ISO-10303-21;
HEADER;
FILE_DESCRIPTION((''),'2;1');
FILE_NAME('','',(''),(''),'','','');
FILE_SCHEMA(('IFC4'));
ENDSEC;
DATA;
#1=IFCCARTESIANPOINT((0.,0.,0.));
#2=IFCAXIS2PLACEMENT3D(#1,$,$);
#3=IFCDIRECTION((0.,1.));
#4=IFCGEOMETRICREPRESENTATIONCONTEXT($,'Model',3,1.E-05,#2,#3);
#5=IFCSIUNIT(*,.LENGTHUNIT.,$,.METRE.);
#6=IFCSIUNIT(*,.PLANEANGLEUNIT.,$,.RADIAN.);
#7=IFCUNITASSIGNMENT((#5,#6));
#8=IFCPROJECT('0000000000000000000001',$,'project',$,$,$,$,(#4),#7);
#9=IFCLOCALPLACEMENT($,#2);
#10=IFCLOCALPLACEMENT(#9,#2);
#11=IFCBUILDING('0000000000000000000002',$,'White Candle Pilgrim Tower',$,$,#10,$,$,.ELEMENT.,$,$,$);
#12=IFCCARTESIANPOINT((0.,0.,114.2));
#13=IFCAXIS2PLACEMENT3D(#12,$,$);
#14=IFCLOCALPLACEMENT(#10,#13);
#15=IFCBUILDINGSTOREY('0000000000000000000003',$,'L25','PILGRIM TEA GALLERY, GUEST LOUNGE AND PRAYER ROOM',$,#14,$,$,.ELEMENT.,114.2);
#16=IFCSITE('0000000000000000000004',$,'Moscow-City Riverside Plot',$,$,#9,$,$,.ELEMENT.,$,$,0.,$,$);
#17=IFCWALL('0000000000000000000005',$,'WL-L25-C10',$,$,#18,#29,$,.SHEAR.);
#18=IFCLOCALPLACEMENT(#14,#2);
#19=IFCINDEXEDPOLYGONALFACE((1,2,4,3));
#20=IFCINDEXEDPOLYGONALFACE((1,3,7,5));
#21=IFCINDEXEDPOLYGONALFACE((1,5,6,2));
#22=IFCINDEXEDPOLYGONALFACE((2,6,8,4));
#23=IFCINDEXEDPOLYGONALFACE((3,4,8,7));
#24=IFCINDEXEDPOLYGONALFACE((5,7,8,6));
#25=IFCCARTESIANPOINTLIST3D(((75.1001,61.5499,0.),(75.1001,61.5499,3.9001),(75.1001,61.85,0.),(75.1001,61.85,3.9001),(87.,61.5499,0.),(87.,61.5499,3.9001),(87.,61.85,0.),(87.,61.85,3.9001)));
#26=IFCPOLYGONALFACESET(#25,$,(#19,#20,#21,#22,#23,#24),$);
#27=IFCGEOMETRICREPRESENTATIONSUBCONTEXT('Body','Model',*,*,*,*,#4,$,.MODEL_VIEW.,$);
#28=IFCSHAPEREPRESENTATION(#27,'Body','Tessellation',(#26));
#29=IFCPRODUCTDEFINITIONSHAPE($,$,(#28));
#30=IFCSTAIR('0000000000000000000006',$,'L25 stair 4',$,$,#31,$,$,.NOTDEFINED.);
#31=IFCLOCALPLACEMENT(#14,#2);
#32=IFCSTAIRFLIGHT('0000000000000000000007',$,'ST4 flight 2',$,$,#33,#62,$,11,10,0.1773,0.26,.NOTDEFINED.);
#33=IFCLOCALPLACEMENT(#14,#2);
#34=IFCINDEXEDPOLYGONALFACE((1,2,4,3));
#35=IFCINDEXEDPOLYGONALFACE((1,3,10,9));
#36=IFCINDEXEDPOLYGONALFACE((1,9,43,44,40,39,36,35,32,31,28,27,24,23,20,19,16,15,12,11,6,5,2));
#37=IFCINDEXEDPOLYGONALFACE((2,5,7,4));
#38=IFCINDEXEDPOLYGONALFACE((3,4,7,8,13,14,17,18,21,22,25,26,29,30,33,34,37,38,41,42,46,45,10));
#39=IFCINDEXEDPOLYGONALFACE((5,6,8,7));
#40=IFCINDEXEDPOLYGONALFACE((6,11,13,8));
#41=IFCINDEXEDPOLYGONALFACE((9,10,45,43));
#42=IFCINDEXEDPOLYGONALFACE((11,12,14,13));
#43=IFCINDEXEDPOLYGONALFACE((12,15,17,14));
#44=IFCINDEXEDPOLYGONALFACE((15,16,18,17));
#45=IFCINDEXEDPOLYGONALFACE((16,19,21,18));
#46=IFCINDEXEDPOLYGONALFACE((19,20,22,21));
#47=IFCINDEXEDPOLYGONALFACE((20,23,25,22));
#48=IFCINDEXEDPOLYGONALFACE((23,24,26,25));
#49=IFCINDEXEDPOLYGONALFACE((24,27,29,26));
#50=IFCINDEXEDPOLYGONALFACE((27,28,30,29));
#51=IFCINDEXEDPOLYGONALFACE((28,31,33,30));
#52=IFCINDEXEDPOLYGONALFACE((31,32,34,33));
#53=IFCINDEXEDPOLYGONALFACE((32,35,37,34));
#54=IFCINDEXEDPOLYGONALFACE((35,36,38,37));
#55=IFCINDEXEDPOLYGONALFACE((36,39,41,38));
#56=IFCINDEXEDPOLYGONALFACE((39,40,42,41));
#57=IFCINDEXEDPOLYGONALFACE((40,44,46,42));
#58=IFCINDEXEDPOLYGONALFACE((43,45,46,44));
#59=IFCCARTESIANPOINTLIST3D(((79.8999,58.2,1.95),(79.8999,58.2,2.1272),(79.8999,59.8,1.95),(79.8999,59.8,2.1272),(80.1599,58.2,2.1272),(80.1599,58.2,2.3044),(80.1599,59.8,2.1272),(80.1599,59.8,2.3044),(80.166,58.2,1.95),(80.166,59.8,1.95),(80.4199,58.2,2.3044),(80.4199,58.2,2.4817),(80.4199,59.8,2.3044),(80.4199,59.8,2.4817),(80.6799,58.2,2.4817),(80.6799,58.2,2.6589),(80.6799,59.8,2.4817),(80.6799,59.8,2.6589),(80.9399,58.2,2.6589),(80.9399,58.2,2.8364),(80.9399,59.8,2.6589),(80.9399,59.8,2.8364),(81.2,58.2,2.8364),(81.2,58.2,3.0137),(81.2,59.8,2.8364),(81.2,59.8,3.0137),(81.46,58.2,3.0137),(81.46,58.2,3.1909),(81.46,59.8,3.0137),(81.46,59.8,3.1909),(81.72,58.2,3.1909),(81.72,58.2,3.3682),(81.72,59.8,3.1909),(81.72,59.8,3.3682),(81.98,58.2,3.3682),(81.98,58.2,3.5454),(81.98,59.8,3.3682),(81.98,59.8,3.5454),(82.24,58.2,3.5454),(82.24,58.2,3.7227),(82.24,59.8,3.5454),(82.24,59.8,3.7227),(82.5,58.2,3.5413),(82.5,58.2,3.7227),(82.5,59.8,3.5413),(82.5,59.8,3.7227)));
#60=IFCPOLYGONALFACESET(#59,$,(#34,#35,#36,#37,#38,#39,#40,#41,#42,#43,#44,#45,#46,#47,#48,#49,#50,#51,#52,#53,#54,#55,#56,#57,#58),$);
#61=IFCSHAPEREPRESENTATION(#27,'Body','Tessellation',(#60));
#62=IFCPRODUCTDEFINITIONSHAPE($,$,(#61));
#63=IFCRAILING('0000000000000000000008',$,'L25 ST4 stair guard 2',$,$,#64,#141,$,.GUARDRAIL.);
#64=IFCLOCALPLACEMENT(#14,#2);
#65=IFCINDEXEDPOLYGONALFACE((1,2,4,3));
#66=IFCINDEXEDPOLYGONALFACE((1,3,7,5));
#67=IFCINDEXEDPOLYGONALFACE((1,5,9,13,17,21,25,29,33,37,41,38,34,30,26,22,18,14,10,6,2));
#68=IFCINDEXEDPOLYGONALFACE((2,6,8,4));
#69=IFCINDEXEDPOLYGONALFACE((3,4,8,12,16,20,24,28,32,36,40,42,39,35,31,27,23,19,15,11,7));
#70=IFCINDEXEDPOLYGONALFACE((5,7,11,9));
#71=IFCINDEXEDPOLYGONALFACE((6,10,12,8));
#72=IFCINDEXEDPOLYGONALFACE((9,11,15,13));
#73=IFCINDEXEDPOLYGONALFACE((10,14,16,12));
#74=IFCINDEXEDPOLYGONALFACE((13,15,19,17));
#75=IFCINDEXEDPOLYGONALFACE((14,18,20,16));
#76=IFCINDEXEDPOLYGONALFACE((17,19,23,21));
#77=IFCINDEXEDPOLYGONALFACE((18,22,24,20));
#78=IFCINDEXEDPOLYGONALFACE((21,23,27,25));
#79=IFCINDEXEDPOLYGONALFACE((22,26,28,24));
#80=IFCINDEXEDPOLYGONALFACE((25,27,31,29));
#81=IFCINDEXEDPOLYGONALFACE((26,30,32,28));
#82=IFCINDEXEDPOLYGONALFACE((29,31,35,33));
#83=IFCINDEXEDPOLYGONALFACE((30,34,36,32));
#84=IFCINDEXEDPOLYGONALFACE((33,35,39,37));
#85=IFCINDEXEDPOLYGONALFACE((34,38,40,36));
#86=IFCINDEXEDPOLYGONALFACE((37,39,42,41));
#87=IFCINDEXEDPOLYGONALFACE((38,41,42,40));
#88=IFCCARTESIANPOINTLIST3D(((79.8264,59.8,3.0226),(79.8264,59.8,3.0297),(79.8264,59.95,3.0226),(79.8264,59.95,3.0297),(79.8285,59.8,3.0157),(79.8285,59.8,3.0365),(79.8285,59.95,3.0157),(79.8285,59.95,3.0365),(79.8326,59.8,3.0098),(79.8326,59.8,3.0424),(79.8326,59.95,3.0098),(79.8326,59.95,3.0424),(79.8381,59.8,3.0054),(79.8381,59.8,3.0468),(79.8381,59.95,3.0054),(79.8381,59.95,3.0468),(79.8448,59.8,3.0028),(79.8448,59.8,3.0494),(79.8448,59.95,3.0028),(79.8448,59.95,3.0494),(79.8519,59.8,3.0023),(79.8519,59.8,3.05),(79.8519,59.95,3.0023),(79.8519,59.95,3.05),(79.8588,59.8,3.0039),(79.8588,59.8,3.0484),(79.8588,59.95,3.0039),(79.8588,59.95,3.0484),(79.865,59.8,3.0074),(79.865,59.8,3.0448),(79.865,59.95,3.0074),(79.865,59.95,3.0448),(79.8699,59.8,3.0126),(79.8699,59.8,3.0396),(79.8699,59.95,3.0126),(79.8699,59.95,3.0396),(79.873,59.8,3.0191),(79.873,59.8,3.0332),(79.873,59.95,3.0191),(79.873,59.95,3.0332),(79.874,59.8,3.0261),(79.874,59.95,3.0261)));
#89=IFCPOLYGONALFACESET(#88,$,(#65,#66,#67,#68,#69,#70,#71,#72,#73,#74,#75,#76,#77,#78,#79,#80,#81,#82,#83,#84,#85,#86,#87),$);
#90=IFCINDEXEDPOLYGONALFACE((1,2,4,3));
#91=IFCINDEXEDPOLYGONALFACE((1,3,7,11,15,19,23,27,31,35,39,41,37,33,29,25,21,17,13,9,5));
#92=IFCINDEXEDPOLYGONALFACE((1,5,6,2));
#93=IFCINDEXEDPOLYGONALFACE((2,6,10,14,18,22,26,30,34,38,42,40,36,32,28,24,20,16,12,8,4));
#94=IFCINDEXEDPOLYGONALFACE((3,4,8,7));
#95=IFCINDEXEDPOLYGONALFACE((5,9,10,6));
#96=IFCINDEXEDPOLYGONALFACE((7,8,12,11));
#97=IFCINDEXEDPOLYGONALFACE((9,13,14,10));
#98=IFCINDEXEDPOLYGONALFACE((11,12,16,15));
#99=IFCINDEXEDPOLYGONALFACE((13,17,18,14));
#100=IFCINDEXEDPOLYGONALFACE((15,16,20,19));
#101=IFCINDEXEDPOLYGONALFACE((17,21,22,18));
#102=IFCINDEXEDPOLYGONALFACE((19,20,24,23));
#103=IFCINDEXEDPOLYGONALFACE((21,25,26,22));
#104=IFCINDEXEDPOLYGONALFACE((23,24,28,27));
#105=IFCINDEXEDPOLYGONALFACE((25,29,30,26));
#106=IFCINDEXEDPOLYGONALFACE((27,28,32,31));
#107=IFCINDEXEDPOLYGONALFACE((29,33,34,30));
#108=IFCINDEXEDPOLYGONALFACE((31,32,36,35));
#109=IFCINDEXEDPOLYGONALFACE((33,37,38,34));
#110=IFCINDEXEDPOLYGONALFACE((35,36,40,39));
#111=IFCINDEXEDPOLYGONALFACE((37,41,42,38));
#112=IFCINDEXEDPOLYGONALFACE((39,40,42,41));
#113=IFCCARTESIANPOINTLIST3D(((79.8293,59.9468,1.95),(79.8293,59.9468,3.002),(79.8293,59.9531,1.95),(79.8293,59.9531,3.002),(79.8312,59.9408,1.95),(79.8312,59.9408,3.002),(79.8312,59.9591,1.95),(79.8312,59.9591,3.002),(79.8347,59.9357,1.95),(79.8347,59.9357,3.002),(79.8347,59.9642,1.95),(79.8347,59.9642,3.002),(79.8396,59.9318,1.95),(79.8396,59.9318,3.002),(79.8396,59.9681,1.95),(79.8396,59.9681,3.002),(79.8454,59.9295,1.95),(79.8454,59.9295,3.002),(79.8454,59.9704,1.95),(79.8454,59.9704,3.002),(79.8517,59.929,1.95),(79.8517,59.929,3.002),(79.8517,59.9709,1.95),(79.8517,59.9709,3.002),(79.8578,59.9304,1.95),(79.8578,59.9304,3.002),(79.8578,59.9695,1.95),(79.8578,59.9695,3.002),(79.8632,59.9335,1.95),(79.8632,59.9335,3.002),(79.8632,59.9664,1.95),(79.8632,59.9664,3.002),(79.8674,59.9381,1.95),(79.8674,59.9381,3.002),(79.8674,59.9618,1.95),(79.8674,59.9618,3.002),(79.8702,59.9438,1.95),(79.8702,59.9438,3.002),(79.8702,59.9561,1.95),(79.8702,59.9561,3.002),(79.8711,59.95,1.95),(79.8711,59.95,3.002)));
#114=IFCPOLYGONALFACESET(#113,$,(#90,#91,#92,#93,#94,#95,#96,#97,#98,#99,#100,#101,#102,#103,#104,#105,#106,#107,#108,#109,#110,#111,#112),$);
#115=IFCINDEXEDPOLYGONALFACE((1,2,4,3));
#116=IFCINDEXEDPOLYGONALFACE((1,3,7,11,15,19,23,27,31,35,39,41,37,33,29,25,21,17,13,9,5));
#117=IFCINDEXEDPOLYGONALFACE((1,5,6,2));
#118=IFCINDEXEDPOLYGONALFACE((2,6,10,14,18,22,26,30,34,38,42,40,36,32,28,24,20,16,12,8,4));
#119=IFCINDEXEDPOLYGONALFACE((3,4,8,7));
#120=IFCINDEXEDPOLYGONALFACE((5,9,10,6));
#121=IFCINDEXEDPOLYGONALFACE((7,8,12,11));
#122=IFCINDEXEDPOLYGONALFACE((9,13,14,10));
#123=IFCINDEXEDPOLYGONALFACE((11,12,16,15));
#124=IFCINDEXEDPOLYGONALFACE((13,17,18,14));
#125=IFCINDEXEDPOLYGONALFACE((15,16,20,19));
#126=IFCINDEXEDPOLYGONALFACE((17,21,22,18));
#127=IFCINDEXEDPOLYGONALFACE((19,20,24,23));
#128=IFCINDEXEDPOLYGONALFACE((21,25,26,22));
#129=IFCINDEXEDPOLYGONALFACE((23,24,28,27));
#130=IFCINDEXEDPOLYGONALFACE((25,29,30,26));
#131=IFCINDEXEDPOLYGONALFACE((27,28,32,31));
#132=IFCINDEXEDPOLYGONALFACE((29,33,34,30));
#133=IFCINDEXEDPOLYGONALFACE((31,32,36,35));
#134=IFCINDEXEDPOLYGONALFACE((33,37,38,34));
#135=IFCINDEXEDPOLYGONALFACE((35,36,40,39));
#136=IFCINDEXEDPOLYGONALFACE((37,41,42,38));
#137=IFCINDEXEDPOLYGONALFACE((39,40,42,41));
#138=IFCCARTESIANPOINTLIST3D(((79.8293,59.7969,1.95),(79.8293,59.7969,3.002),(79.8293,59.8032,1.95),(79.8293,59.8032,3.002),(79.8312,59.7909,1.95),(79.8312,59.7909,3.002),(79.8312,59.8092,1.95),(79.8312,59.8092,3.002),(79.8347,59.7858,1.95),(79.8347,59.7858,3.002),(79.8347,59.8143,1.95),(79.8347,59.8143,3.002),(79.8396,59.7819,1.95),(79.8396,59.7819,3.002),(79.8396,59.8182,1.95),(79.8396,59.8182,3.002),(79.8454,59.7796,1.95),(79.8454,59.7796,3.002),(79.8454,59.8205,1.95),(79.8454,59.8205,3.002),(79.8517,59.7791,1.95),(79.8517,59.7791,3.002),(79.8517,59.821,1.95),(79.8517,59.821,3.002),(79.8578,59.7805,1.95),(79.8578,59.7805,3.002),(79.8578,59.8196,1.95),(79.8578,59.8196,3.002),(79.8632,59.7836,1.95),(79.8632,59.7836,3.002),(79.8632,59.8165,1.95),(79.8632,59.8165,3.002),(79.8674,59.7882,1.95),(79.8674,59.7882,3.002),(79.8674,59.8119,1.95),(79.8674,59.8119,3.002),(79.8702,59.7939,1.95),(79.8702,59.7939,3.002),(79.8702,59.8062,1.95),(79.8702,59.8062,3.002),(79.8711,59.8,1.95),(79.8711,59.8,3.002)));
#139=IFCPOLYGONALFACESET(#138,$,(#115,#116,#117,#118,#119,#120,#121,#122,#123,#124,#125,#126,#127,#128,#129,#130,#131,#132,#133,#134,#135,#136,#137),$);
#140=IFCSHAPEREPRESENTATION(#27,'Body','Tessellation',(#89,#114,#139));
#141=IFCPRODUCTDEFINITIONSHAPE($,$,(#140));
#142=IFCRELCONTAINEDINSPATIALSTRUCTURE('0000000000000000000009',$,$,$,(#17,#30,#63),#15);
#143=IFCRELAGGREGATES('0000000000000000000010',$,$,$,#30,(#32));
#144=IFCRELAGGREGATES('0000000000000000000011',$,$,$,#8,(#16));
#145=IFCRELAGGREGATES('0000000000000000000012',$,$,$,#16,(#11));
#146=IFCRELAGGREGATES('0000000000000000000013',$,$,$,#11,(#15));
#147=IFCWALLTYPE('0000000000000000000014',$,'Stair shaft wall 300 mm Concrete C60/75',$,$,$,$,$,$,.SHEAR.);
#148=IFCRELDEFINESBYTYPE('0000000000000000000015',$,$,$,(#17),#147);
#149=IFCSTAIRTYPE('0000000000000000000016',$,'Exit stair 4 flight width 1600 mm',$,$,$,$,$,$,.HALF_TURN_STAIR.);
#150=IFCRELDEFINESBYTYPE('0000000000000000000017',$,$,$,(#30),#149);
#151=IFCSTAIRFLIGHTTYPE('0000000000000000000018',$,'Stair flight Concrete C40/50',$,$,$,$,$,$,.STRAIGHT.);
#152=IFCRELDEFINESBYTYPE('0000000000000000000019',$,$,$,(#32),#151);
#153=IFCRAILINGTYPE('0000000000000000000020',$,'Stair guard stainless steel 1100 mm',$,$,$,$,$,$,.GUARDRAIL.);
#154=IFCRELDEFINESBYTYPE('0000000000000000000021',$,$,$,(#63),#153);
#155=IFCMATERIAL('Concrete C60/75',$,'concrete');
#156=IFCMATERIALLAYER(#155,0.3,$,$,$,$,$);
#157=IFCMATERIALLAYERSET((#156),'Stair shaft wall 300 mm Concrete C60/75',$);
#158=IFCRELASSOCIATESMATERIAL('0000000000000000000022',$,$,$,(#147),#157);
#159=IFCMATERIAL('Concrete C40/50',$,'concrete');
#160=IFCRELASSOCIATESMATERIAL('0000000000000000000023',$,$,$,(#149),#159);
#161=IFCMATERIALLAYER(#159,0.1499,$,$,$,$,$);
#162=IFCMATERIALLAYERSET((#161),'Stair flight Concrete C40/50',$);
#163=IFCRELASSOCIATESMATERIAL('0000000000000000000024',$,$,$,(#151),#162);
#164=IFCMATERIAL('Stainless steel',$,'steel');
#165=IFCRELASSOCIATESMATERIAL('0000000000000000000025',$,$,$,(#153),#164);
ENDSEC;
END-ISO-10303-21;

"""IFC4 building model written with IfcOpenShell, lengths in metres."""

from ifc_helpers import new_model, si_unit, direction, frame, frame_2d, origin, origin_2d, place, context, subcontext, project, spatial, polyline, rectangle, circle, outline, extrude, material, layer, layer_set, type_object, element, aggregate, save


model = new_model("IFC4")

# Units and contexts
model_context = context("Model", 3, precision=1e-05, world=origin(), true_north=direction((0.0, 1.0)))
body_context = subcontext(model_context, "Body", "Model", "MODEL_VIEW")
ifc_project = project(units=[si_unit("LENGTHUNIT", "METRE"), si_unit("PLANEANGLEUNIT", "RADIAN")], contexts=[model_context])

# Site, building, storey
site_placement = place(None, origin())
site = spatial("IfcSite", under=ifc_project, at=site_placement, Name="Moscow-City Riverside Plot", CompositionType="ELEMENT", RefElevation=0.0)
building_placement = place(site_placement, origin())
building = spatial("IfcBuilding", under=site, at=building_placement, Name="White Candle Pilgrim Tower", CompositionType="ELEMENT")
storey_placement = place(building_placement, frame((0.0, 0.0, 114.2)))
storey = spatial("IfcBuildingStorey", under=building, at=storey_placement, Name="L25", Description="PILGRIM TEA GALLERY, GUEST LOUNGE AND PRAYER ROOM", CompositionType="ELEMENT", Elevation=114.2)

# Shared definitions
ifc_material_1 = material(Name="Concrete C60/75", Category="concrete")
ifc_layer_1 = layer(ifc_material_1, 0.3)
ifc_layer_set_1 = layer_set([ifc_layer_1], Name="Stair shaft wall 300 mm Concrete C60/75")
wall_type_1 = type_object("IfcWallType", Name="Stair shaft wall 300 mm Concrete C60/75", PredefinedType="SHEAR", material=ifc_layer_set_1)

# Wall
wall_1_placement = place(storey_placement, frame((75.1001, 61.7, 0.0), z_axis=(0.0, 0.0, 1.0), x_axis=(1.0, 0.0, 0.0)))
element("IfcWall", 1, at=wall_1_placement, inside=storey, type_object=wall_type_1, Name="WL-L25-C10", PredefinedType="SHEAR", context=body_context, shape_type="SweptSolid", body=[
    extrude(rectangle(XDim=11.8999, YDim=0.3, at=frame_2d((5.95, 0.0))), origin(), (0.0, 0.0, 1.0), 3.9001),
])

# Stair, stair flight
ifc_material_2 = material(Name="Concrete C40/50", Category="concrete")
stair_type = type_object("IfcStairType", Name="Exit stair 4 flight width 1600 mm", PredefinedType="HALF_TURN_STAIR", material=ifc_material_2)
stair_placement = place(storey_placement, origin())
stair = element("IfcStair", 2, at=stair_placement, inside=storey, type_object=stair_type, Name="L25 stair 4", PredefinedType="NOTDEFINED")
ifc_layer_2 = layer(ifc_material_2, 0.1499)
ifc_layer_set_2 = layer_set([ifc_layer_2], Name="Stair flight Concrete C40/50")
stair_flight_type = type_object("IfcStairFlightType", Name="Stair flight Concrete C40/50", PredefinedType="STRAIGHT", material=ifc_layer_set_2)
stair_flight_placement = place(storey_placement, frame((79.8999, 59.0, 1.95), z_axis=(0.0, 0.0, 1.0), x_axis=(1.0, 0.0, 0.0)))
stair_flight = element("IfcStairFlight", 3, at=stair_flight_placement, type_object=stair_flight_type, Name="ST4 flight 2", NumberOfRisers=11, NumberOfTreads=10, PredefinedType="NOTDEFINED", RiserHeight=0.1773, TreadLength=0.26, context=body_context, shape_type="SweptSolid", body=[
    extrude(outline(polyline([(0.0, 0.0), (0.0, 0.1772), (0.26, 0.1772), (0.26, 0.3545), (0.52, 0.3545), (0.52, 0.5317), (0.78, 0.5317), (0.78, 0.709), (1.04, 0.709), (1.04, 0.8865), (1.3, 0.8865), (1.3, 1.0637), (1.5601, 1.0637), (1.5601, 1.241), (1.8201, 1.241), (1.8201, 1.4182), (2.0801, 1.4182), (2.0801, 1.5955), (2.3401, 1.5955), (2.3401, 1.7727), (2.6001, 1.7727), (2.6001, 1.95), (2.6001, 1.5913), (0.2661, 0.0), (0.0, 0.0)])), frame((0.0, 0.8, 0.0), z_axis=(0.0, -1.0, 0.0), x_axis=(1.0, 0.0, 0.0)), (0.0, 0.0, 1.0), 1.6001),
])
aggregate(stair, [stair_flight])

# Railing
ifc_material_3 = material(Name="Stainless steel", Category="steel")
railing_type_1 = type_object("IfcRailingType", Name="Stair guard stainless steel 1100 mm", PredefinedType="GUARDRAIL", material=ifc_material_3)
railing_1_placement = place(storey_placement, frame((79.8501, 59.95, 1.95)))
element("IfcRailing", 4, at=railing_1_placement, inside=storey, type_object=railing_type_1, Name="L25 ST4 stair guard 2", PredefinedType="GUARDRAIL", context=body_context, shape_type="SweptSolid", body=[
    extrude(circle(Radius=0.0239, at=origin_2d()), frame((0.0, 0.0, 1.0762), z_axis=(0.0, -1.0, 0.0), x_axis=(1.0, 0.0, 0.0)), (0.0, 0.0, 1.0), 0.1499),
    extrude(circle(Radius=0.021, at=origin_2d()), origin(), (0.0, 0.0, 1.0), 1.052),
    extrude(circle(Radius=0.021, at=origin_2d()), frame((0.0, -0.1499, 0.0)), (0.0, 0.0, 1.0), 1.052),
])

save(model, "model.ifc")
